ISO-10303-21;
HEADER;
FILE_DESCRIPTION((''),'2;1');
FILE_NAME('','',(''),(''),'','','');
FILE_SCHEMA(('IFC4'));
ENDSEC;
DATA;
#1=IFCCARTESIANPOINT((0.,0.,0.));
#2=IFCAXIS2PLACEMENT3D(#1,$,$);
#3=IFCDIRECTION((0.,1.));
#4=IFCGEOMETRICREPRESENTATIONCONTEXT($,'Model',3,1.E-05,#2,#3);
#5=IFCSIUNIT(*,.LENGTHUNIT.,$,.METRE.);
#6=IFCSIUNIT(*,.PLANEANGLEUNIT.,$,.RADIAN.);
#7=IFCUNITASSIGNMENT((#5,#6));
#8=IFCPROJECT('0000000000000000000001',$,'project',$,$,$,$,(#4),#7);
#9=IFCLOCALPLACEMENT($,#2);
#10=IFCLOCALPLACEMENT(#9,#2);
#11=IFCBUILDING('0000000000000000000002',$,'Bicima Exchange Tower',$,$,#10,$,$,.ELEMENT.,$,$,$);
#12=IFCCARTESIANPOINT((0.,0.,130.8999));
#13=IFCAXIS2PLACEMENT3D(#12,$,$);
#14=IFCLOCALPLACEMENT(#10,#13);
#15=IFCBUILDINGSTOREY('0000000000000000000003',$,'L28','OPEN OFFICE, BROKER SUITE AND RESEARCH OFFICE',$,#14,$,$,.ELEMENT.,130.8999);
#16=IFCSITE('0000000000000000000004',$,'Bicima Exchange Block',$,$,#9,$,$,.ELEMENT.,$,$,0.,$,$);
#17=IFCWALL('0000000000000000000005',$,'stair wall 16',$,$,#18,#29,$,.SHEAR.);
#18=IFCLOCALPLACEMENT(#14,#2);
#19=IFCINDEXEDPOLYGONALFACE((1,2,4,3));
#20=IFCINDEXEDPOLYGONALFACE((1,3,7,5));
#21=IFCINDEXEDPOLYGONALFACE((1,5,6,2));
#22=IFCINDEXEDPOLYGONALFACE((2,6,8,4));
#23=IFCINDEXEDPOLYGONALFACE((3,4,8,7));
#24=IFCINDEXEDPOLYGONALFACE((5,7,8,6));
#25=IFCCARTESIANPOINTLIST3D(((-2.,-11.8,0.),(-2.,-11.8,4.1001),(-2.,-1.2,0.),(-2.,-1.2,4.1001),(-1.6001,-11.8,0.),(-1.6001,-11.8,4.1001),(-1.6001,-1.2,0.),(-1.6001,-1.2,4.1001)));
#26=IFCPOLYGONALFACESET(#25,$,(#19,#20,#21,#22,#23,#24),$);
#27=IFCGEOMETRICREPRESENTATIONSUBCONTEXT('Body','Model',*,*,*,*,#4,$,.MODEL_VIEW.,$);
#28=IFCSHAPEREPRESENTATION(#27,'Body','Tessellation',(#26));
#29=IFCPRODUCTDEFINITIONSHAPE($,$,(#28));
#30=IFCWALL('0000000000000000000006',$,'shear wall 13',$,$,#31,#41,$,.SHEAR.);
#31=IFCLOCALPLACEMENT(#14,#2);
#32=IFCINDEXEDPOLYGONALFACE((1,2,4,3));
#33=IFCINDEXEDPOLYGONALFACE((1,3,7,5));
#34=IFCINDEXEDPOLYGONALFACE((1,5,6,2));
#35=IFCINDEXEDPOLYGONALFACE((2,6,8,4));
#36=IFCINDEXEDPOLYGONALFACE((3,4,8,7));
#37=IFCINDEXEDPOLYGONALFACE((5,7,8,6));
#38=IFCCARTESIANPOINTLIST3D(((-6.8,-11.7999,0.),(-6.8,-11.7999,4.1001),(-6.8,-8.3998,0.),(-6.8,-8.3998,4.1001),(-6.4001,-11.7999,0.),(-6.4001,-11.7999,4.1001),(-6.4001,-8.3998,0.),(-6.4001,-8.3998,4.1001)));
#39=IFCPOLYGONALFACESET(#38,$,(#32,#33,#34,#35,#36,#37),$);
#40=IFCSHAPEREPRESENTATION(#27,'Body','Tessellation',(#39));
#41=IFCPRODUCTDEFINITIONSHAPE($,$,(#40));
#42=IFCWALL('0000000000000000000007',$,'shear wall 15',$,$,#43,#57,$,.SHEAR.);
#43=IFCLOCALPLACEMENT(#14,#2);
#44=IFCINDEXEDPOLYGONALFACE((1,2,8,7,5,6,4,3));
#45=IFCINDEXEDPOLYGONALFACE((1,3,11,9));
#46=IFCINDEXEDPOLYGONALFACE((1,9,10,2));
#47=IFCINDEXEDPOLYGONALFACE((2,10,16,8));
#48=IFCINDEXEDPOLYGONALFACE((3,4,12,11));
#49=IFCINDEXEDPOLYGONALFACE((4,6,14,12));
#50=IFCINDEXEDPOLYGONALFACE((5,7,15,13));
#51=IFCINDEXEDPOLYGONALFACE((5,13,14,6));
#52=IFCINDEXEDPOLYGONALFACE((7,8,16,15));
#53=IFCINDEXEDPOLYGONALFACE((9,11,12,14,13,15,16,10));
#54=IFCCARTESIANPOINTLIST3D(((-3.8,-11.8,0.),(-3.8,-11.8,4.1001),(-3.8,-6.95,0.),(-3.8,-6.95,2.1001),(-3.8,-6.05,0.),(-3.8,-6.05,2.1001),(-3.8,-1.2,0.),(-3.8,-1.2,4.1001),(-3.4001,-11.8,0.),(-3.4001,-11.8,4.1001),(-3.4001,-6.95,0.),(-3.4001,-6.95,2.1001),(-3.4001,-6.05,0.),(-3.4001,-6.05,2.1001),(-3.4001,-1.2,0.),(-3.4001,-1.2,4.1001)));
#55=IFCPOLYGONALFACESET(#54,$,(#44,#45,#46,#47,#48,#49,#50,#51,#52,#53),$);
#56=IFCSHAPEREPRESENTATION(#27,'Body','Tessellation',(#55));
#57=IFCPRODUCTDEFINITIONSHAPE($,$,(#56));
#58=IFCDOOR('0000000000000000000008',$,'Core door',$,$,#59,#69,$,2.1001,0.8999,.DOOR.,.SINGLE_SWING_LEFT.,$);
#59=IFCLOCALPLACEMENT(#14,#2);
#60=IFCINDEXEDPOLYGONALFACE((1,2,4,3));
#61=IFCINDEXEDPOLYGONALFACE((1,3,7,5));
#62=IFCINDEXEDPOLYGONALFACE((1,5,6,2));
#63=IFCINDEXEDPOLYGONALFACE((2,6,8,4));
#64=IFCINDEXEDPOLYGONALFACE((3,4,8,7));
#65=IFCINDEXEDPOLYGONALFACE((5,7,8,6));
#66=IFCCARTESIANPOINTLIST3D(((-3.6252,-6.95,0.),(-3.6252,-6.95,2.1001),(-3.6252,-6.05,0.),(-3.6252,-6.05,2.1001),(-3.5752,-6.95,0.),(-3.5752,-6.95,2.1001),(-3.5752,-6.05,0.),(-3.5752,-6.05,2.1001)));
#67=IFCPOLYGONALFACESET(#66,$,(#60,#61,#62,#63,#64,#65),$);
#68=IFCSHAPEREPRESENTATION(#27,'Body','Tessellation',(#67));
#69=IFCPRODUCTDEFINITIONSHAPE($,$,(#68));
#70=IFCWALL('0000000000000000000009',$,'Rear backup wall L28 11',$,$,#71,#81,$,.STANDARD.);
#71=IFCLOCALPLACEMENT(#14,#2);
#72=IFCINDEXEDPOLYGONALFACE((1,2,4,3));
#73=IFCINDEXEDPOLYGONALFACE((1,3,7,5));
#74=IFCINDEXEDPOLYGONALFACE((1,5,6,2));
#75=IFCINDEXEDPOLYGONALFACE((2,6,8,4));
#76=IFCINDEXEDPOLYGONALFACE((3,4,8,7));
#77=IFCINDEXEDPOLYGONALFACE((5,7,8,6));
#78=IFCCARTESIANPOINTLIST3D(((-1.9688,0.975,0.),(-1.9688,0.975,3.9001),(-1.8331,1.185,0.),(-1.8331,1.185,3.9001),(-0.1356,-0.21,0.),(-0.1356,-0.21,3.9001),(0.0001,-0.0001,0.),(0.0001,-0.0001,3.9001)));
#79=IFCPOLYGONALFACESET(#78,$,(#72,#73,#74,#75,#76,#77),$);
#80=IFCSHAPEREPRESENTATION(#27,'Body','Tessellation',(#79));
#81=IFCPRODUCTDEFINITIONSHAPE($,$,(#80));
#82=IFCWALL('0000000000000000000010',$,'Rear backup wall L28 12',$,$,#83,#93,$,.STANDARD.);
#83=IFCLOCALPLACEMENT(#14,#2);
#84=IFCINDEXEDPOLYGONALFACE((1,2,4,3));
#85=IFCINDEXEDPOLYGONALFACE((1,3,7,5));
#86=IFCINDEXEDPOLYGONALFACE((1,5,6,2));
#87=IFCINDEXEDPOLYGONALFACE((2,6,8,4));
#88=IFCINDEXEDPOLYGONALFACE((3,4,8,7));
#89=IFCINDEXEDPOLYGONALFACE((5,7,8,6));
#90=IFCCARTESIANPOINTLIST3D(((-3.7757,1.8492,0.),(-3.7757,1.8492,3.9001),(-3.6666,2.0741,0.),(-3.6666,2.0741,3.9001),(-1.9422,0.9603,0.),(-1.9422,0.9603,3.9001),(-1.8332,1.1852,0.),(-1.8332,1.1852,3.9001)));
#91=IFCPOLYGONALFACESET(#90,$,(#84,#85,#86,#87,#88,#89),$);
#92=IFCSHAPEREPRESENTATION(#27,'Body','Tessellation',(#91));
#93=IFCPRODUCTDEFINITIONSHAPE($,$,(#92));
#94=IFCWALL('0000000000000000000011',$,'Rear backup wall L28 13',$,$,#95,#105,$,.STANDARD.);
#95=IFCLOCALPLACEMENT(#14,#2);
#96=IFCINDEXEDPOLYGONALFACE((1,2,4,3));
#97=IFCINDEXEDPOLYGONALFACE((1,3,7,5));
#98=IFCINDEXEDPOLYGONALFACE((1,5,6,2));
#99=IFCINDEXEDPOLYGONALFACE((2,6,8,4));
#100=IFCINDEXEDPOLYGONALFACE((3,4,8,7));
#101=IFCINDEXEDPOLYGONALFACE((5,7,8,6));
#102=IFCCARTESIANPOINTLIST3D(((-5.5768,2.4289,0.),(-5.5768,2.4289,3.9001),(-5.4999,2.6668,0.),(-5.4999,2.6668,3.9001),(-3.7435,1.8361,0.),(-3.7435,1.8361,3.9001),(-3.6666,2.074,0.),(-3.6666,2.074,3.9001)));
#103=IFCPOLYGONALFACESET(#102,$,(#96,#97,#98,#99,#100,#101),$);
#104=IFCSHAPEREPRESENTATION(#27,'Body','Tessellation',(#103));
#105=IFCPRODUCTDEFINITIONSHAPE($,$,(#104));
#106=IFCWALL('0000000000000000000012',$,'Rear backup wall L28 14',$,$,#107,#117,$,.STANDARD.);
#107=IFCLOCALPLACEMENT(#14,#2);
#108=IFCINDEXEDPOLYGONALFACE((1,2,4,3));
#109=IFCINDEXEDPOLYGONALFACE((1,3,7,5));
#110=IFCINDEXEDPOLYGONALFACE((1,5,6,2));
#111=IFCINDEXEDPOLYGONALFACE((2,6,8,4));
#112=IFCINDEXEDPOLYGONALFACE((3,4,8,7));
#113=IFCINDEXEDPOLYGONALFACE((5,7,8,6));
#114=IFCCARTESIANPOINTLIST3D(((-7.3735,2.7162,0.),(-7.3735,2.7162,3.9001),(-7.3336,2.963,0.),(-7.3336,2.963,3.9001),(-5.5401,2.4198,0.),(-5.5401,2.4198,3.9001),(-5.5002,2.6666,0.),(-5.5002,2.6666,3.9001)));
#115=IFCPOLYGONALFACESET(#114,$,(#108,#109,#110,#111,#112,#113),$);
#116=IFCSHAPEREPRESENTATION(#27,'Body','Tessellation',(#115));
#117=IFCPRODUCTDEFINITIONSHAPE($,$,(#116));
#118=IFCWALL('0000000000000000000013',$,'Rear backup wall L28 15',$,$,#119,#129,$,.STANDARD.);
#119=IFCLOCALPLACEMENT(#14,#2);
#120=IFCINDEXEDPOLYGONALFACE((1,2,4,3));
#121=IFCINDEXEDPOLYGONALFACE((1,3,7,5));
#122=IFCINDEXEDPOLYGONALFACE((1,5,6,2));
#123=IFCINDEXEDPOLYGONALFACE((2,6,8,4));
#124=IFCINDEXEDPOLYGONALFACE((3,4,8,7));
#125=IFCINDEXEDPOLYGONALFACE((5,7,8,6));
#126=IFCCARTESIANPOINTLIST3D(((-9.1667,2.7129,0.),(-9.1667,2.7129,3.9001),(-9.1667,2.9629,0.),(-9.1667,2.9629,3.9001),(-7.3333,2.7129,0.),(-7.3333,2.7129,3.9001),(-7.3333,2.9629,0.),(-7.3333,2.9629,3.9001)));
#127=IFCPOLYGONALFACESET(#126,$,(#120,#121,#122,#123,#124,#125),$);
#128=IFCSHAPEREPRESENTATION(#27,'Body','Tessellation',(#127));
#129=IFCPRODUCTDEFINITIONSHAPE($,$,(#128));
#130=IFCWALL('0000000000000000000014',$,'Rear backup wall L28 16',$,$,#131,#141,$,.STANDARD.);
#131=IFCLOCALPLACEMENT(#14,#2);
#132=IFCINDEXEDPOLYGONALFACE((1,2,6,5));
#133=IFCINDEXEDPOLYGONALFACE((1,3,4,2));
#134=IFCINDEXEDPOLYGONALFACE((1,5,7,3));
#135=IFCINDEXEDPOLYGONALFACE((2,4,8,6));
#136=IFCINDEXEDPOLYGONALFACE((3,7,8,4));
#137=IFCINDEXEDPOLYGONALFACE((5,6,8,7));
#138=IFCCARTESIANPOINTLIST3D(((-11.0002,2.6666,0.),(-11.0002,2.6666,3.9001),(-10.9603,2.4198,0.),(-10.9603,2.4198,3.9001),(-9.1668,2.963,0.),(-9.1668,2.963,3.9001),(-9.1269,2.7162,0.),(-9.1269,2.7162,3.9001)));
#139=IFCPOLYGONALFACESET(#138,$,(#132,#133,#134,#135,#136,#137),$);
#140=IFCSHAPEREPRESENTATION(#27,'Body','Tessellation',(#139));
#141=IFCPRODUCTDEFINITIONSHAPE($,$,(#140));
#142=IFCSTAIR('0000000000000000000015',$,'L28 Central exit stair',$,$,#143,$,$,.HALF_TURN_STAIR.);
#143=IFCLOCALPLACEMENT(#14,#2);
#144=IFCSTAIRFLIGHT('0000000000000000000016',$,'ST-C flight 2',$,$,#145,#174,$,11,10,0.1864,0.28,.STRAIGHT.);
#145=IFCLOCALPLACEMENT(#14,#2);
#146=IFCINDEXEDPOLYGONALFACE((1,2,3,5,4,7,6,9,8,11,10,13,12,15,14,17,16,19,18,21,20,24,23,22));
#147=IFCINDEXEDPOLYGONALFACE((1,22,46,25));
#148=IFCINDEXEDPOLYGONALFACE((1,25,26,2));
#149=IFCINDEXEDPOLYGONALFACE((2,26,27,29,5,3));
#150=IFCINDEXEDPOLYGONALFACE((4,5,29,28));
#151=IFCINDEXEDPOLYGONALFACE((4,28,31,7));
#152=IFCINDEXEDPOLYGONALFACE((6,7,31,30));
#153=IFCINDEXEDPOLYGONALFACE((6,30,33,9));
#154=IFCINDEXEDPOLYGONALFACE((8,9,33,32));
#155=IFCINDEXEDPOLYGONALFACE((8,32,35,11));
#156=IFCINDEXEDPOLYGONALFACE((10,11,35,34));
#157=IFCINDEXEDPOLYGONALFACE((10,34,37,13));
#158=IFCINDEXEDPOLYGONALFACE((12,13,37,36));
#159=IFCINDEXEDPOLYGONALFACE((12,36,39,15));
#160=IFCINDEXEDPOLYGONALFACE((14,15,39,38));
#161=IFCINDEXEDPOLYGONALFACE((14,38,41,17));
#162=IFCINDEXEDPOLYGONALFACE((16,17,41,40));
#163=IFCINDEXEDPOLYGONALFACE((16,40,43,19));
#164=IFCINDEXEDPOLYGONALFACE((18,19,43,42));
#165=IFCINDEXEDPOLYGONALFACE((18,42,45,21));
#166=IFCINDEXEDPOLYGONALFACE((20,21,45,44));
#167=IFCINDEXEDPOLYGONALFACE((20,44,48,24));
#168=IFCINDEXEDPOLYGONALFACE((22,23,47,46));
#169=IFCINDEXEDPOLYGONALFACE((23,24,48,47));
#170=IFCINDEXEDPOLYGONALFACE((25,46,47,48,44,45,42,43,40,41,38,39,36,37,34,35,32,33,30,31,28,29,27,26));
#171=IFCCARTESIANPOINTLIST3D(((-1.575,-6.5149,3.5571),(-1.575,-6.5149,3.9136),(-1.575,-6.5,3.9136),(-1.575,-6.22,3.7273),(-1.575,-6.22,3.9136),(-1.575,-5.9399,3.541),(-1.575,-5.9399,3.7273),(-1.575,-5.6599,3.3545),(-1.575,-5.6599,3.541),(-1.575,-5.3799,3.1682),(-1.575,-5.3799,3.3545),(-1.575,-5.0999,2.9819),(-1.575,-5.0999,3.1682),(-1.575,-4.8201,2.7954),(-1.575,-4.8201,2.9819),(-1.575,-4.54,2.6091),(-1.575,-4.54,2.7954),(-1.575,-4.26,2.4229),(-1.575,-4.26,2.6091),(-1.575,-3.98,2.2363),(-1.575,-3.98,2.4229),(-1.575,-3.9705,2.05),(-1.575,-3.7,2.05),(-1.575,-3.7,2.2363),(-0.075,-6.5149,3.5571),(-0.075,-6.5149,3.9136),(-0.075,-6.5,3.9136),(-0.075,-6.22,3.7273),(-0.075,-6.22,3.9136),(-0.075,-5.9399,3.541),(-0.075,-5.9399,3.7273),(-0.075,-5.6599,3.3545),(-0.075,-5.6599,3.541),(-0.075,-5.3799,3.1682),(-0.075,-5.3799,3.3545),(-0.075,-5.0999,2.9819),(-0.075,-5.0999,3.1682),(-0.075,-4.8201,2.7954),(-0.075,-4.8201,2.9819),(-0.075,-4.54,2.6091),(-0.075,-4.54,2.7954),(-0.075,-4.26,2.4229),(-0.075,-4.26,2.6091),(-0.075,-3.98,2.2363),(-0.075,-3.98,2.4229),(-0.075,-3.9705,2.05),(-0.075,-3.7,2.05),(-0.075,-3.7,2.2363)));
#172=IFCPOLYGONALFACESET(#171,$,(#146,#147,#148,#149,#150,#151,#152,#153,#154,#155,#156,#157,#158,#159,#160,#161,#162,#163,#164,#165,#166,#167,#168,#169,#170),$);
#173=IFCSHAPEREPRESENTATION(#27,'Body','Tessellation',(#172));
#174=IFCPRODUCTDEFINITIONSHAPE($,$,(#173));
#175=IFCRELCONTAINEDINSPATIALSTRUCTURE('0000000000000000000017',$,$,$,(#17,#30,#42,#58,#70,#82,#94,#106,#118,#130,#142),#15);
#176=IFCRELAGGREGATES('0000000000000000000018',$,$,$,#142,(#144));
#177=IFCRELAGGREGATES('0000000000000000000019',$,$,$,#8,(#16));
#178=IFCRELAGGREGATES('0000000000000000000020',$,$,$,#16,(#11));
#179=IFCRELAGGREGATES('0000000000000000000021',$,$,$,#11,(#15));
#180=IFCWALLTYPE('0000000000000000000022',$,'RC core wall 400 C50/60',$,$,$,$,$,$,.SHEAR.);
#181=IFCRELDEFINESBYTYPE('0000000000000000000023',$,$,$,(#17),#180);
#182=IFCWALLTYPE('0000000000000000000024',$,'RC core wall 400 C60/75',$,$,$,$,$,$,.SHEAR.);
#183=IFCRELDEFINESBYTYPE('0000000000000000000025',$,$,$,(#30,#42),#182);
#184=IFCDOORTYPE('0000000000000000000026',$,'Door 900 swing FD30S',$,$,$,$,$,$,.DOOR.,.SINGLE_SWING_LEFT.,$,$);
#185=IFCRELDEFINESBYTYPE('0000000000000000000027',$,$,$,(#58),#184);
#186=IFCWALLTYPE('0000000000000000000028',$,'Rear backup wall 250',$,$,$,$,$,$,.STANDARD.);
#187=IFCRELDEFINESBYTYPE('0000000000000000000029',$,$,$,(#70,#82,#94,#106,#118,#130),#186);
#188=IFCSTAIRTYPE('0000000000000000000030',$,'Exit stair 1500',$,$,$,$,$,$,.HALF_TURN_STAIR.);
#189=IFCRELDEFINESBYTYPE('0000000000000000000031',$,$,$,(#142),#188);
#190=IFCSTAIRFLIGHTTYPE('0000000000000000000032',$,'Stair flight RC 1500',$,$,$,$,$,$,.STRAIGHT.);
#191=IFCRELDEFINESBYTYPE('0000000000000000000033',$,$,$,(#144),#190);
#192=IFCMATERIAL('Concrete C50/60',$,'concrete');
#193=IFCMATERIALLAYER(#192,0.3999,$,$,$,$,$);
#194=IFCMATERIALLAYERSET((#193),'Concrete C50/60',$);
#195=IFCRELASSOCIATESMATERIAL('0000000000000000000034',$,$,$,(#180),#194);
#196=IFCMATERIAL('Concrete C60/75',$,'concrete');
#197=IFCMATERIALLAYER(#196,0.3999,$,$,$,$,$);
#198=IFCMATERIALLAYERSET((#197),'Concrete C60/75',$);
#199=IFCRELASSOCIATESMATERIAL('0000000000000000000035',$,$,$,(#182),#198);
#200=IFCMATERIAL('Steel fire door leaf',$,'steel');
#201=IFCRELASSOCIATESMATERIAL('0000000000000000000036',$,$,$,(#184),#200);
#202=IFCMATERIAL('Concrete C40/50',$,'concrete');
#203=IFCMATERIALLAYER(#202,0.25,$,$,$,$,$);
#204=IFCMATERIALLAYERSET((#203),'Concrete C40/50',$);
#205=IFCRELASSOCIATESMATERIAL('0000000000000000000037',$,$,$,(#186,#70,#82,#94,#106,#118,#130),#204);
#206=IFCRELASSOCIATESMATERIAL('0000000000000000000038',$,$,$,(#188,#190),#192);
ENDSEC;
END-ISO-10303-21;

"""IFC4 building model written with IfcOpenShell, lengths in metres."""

from ifc_helpers import new_model, si_unit, direction, frame, frame_2d, origin, place, context, subcontext, project, spatial, polyline, rectangle, outline, extrude, material, layer, layer_set, layer_usage, type_object, element, fill, aggregate, save


model = new_model("IFC4")

# Units and contexts
model_context = context("Model", 3, precision=1e-05, world=origin(), true_north=direction((0.0, 1.0)))
body_context = subcontext(model_context, "Body", "Model", "MODEL_VIEW")
ifc_project = project(units=[si_unit("LENGTHUNIT", "METRE"), si_unit("PLANEANGLEUNIT", "RADIAN")], contexts=[model_context])

# Site, building, storey
site_placement = place(None, origin())
site = spatial("IfcSite", under=ifc_project, at=site_placement, Name="Bicima Exchange Block", CompositionType="ELEMENT", RefElevation=0.0)
building_placement = place(site_placement, origin())
building = spatial("IfcBuilding", under=site, at=building_placement, Name="Bicima Exchange Tower", CompositionType="ELEMENT")
storey_placement = place(building_placement, frame((0.0, 0.0, 130.8999)))
storey = spatial("IfcBuildingStorey", under=building, at=storey_placement, Name="L28", Description="OPEN OFFICE, BROKER SUITE AND RESEARCH OFFICE", CompositionType="ELEMENT", Elevation=130.8999)

# Shared definitions
ifc_material_1 = material(Name="Concrete C40/50", Category="concrete")

# Shared definitions
ifc_material_2 = material(Name="Concrete C50/60", Category="concrete")
ifc_layer_1 = layer(ifc_material_2, 0.3999)
ifc_layer_set_1 = layer_set([ifc_layer_1], Name="Concrete C50/60")
wall_type_1 = type_object("IfcWallType", Name="RC core wall 400 C50/60", PredefinedType="SHEAR", material=ifc_layer_set_1)
ifc_material_3 = material(Name="Steel fire door leaf", Category="steel")

# Walls
wall_1_placement = place(storey_placement, frame((-1.8, -11.8, 0.0), z_axis=(0.0, 0.0, 1.0), x_axis=(0.0, 1.0, 0.0)))
element("IfcWall", 1, at=wall_1_placement, inside=storey, type_object=wall_type_1, Name="stair wall 16", PredefinedType="SHEAR", context=body_context, shape_type="SweptSolid", body=[
    extrude(rectangle(XDim=10.6001, YDim=0.3999, at=frame_2d((5.3, 0.0))), origin(), (0.0, 0.0, 1.0), 4.1001),
])
ifc_material_4 = material(Name="Concrete C60/75", Category="concrete")
ifc_layer_2 = layer(ifc_material_4, 0.3999)
ifc_layer_set_2 = layer_set([ifc_layer_2], Name="Concrete C60/75")
wall_type_2 = type_object("IfcWallType", Name="RC core wall 400 C60/75", PredefinedType="SHEAR", material=ifc_layer_set_2)
wall_2_placement = place(storey_placement, frame((-6.6001, -11.8, 0.0), z_axis=(0.0, 0.0, 1.0), x_axis=(0.0, 1.0, 0.0)))
element("IfcWall", 2, at=wall_2_placement, inside=storey, type_object=wall_type_2, Name="shear wall 13", PredefinedType="SHEAR", context=body_context, shape_type="SweptSolid", body=[
    extrude(rectangle(XDim=3.4001, YDim=0.3999, at=frame_2d((1.7002, 0.0))), origin(), (0.0, 0.0, 1.0), 4.1001),
])

# Wall, opening, door
wall_3_placement = place(storey_placement, frame((-3.6001, -11.8, 0.0), z_axis=(0.0, 0.0, 1.0), x_axis=(0.0, 1.0, 0.0)))
wall_3 = element("IfcWall", 3, at=wall_3_placement, inside=storey, type_object=wall_type_2, Name="shear wall 15", PredefinedType="SHEAR", context=body_context, shape_type="SweptSolid", body=[
    extrude(rectangle(XDim=10.6001, YDim=0.3999, at=frame_2d((5.3, 0.0))), origin(), (0.0, 0.0, 1.0), 4.1001),
])
opening_1_placement = place(wall_3_placement, frame((4.8501, 0.0, 0.0)))
opening_1 = element("IfcOpeningElement", 4, at=opening_1_placement, cuts=wall_3, PredefinedType="OPENING", context=body_context, shape_type="SweptSolid", body=[
    extrude(rectangle(XDim=0.8999, YDim=2.1001, at=frame_2d((0.45, 1.05))), frame((0.0, 0.2119, 0.0), z_axis=(0.0, -1.0, 0.0), x_axis=(1.0, 0.0, 0.0)), (0.0, 0.0, 1.0), 0.4238),
])
door_type_1 = type_object("IfcDoorType", Name="Door 900 swing FD30S", OperationType="SINGLE_SWING_LEFT", PredefinedType="DOOR", material=ifc_material_3)
door_1_placement = place(opening_1_placement, frame((0.8999, 0.0, 0.0), z_axis=(0.0, 0.0, 1.0), x_axis=(-1.0, 0.0, 0.0)))
door_1 = element("IfcDoor", 5, at=door_1_placement, inside=storey, type_object=door_type_1, Name="Core door", OperationType="SINGLE_SWING_LEFT", OverallHeight=2.1001, OverallWidth=0.8999, PredefinedType="DOOR", context=body_context, shape_type="SweptSolid", body=[
    extrude(rectangle(XDim=0.8999, YDim=2.1001, at=frame_2d((0.45, 1.05))), frame((0.0, 0.0249, 0.0), z_axis=(0.0, -1.0, 0.0), x_axis=(1.0, 0.0, 0.0)), (0.0, 0.0, 1.0), 0.05),
])
fill(opening_1, door_1)

# Walls
ifc_layer_3 = layer(ifc_material_1, 0.25)
ifc_layer_set_3 = layer_set([ifc_layer_3], Name="Concrete C40/50")
ifc_layer_usage = layer_usage(ifc_layer_set_3, "AXIS2", "POSITIVE", -0.125)
wall_type_3 = type_object("IfcWallType", Name="Rear backup wall 250", PredefinedType="STANDARD", material=ifc_layer_set_3)
wall_4_placement = place(storey_placement, frame((-0.0679, -0.105, 0.0), z_axis=(0.0, 0.0, 1.0), x_axis=(-0.839813, 0.542876, 0.0)))
element("IfcWall", 6, at=wall_4_placement, inside=storey, type_object=wall_type_3, material=ifc_layer_usage, Name="Rear backup wall L28 11", PredefinedType="STANDARD", context=body_context, shape_type="SweptSolid", body=[
    extrude(rectangle(XDim=2.1829, YDim=0.25, at=frame_2d((1.0913, 0.0))), origin(), (0.0, 0.0, 1.0), 3.9001),
])
wall_5_placement = place(storey_placement, frame((-1.8877, 1.0728, 0.0), z_axis=(0.0, 0.0, 1.0), x_axis=(-0.899824, 0.436253, 0.0)))
element("IfcWall", 7, at=wall_5_placement, inside=storey, type_object=wall_type_3, material=ifc_layer_usage, Name="Rear backup wall L28 12", PredefinedType="STANDARD", context=body_context, shape_type="SweptSolid", body=[
    extrude(rectangle(XDim=2.0376, YDim=0.25, at=frame_2d((1.0188, 0.0))), origin(), (0.0, 0.0, 1.0), 3.9001),
])
wall_6_placement = place(storey_placement, frame((-3.7051, 1.9551, 0.0), z_axis=(0.0, 0.0, 1.0), x_axis=(-0.951496, 0.307662, 0.0)))
element("IfcWall", 8, at=wall_6_placement, inside=storey, type_object=wall_type_3, material=ifc_layer_usage, Name="Rear backup wall L28 13", PredefinedType="STANDARD", context=body_context, shape_type="SweptSolid", body=[
    extrude(rectangle(XDim=1.9268, YDim=0.25, at=frame_2d((0.9634, 0.0))), origin(), (0.0, 0.0, 1.0), 3.9001),
])
wall_7_placement = place(storey_placement, frame((-5.52, 2.5432, 0.0), z_axis=(0.0, 0.0, 1.0), x_axis=(-0.987182, 0.1596, 0.0)))
element("IfcWall", 9, at=wall_7_placement, inside=storey, type_object=wall_type_3, material=ifc_layer_usage, Name="Rear backup wall L28 14", PredefinedType="STANDARD", context=body_context, shape_type="SweptSolid", body=[
    extrude(rectangle(XDim=1.8572, YDim=0.25, at=frame_2d((0.9287, 0.0))), origin(), (0.0, 0.0, 1.0), 3.9001),
])
wall_8_placement = place(storey_placement, frame((-7.3333, 2.8379, 0.0), z_axis=(0.0, 0.0, 1.0), x_axis=(-1.0, 0.0, 0.0)))
element("IfcWall", 10, at=wall_8_placement, inside=storey, type_object=wall_type_3, material=ifc_layer_usage, Name="Rear backup wall L28 15", PredefinedType="STANDARD", context=body_context, shape_type="SweptSolid", body=[
    extrude(rectangle(XDim=1.8335, YDim=0.25, at=frame_2d((0.9167, 0.0))), origin(), (0.0, 0.0, 1.0), 3.9001),
])
wall_9_placement = place(storey_placement, frame((-9.1467, 2.8396, 0.0), z_axis=(0.0, 0.0, 1.0), x_axis=(-0.987182, -0.1596, 0.0)))
element("IfcWall", 11, at=wall_9_placement, inside=storey, type_object=wall_type_3, material=ifc_layer_usage, Name="Rear backup wall L28 16", PredefinedType="STANDARD", context=body_context, shape_type="SweptSolid", body=[
    extrude(rectangle(XDim=1.8572, YDim=0.25, at=frame_2d((0.9287, 0.0))), origin(), (0.0, 0.0, 1.0), 3.9001),
])

# Stair, stair flight
stair_type = type_object("IfcStairType", Name="Exit stair 1500", PredefinedType="HALF_TURN_STAIR", material=ifc_material_2)
stair_placement = place(storey_placement, origin())
stair = element("IfcStair", 12, at=stair_placement, inside=storey, type_object=stair_type, Name="L28 Central exit stair", PredefinedType="HALF_TURN_STAIR")
stair_flight_type = type_object("IfcStairFlightType", Name="Stair flight RC 1500", PredefinedType="STRAIGHT", material=ifc_material_2)
stair_flight_placement = place(storey_placement, frame((-0.825, -3.7, 2.05), z_axis=(0.0, 0.0, 1.0), x_axis=(0.0, -1.0, 0.0)))
stair_flight = element("IfcStairFlight", 13, at=stair_flight_placement, type_object=stair_flight_type, Name="ST-C flight 2", NumberOfRisers=11, NumberOfTreads=10, PredefinedType="STRAIGHT", RiserHeight=0.1864, TreadLength=0.28, context=body_context, shape_type="SweptSolid", body=[
    extrude(outline(polyline([(0.0, 0.0), (0.0, 0.1863), (0.28, 0.1863), (0.28, 0.3728), (0.5601, 0.3728), (0.5601, 0.5591), (0.8401, 0.5591), (0.8401, 0.7454), (1.1201, 0.7454), (1.1201, 0.9319), (1.3999, 0.9319), (1.3999, 1.1182), (1.6799, 1.1182), (1.6799, 1.3044), (1.96, 1.3044), (1.96, 1.491), (2.24, 1.491), (2.24, 1.6772), (2.52, 1.6772), (2.52, 1.8635), (2.8, 1.8635), (2.8149, 1.8635), (2.8149, 1.5071), (0.2705, 0.0), (0.0, 0.0)])), frame((0.0, 0.75, 0.0), z_axis=(0.0, -1.0, 0.0), x_axis=(1.0, 0.0, 0.0)), (0.0, 0.0, 1.0), 1.5),
])
aggregate(stair, [stair_flight])

save(model, "model.ifc")
